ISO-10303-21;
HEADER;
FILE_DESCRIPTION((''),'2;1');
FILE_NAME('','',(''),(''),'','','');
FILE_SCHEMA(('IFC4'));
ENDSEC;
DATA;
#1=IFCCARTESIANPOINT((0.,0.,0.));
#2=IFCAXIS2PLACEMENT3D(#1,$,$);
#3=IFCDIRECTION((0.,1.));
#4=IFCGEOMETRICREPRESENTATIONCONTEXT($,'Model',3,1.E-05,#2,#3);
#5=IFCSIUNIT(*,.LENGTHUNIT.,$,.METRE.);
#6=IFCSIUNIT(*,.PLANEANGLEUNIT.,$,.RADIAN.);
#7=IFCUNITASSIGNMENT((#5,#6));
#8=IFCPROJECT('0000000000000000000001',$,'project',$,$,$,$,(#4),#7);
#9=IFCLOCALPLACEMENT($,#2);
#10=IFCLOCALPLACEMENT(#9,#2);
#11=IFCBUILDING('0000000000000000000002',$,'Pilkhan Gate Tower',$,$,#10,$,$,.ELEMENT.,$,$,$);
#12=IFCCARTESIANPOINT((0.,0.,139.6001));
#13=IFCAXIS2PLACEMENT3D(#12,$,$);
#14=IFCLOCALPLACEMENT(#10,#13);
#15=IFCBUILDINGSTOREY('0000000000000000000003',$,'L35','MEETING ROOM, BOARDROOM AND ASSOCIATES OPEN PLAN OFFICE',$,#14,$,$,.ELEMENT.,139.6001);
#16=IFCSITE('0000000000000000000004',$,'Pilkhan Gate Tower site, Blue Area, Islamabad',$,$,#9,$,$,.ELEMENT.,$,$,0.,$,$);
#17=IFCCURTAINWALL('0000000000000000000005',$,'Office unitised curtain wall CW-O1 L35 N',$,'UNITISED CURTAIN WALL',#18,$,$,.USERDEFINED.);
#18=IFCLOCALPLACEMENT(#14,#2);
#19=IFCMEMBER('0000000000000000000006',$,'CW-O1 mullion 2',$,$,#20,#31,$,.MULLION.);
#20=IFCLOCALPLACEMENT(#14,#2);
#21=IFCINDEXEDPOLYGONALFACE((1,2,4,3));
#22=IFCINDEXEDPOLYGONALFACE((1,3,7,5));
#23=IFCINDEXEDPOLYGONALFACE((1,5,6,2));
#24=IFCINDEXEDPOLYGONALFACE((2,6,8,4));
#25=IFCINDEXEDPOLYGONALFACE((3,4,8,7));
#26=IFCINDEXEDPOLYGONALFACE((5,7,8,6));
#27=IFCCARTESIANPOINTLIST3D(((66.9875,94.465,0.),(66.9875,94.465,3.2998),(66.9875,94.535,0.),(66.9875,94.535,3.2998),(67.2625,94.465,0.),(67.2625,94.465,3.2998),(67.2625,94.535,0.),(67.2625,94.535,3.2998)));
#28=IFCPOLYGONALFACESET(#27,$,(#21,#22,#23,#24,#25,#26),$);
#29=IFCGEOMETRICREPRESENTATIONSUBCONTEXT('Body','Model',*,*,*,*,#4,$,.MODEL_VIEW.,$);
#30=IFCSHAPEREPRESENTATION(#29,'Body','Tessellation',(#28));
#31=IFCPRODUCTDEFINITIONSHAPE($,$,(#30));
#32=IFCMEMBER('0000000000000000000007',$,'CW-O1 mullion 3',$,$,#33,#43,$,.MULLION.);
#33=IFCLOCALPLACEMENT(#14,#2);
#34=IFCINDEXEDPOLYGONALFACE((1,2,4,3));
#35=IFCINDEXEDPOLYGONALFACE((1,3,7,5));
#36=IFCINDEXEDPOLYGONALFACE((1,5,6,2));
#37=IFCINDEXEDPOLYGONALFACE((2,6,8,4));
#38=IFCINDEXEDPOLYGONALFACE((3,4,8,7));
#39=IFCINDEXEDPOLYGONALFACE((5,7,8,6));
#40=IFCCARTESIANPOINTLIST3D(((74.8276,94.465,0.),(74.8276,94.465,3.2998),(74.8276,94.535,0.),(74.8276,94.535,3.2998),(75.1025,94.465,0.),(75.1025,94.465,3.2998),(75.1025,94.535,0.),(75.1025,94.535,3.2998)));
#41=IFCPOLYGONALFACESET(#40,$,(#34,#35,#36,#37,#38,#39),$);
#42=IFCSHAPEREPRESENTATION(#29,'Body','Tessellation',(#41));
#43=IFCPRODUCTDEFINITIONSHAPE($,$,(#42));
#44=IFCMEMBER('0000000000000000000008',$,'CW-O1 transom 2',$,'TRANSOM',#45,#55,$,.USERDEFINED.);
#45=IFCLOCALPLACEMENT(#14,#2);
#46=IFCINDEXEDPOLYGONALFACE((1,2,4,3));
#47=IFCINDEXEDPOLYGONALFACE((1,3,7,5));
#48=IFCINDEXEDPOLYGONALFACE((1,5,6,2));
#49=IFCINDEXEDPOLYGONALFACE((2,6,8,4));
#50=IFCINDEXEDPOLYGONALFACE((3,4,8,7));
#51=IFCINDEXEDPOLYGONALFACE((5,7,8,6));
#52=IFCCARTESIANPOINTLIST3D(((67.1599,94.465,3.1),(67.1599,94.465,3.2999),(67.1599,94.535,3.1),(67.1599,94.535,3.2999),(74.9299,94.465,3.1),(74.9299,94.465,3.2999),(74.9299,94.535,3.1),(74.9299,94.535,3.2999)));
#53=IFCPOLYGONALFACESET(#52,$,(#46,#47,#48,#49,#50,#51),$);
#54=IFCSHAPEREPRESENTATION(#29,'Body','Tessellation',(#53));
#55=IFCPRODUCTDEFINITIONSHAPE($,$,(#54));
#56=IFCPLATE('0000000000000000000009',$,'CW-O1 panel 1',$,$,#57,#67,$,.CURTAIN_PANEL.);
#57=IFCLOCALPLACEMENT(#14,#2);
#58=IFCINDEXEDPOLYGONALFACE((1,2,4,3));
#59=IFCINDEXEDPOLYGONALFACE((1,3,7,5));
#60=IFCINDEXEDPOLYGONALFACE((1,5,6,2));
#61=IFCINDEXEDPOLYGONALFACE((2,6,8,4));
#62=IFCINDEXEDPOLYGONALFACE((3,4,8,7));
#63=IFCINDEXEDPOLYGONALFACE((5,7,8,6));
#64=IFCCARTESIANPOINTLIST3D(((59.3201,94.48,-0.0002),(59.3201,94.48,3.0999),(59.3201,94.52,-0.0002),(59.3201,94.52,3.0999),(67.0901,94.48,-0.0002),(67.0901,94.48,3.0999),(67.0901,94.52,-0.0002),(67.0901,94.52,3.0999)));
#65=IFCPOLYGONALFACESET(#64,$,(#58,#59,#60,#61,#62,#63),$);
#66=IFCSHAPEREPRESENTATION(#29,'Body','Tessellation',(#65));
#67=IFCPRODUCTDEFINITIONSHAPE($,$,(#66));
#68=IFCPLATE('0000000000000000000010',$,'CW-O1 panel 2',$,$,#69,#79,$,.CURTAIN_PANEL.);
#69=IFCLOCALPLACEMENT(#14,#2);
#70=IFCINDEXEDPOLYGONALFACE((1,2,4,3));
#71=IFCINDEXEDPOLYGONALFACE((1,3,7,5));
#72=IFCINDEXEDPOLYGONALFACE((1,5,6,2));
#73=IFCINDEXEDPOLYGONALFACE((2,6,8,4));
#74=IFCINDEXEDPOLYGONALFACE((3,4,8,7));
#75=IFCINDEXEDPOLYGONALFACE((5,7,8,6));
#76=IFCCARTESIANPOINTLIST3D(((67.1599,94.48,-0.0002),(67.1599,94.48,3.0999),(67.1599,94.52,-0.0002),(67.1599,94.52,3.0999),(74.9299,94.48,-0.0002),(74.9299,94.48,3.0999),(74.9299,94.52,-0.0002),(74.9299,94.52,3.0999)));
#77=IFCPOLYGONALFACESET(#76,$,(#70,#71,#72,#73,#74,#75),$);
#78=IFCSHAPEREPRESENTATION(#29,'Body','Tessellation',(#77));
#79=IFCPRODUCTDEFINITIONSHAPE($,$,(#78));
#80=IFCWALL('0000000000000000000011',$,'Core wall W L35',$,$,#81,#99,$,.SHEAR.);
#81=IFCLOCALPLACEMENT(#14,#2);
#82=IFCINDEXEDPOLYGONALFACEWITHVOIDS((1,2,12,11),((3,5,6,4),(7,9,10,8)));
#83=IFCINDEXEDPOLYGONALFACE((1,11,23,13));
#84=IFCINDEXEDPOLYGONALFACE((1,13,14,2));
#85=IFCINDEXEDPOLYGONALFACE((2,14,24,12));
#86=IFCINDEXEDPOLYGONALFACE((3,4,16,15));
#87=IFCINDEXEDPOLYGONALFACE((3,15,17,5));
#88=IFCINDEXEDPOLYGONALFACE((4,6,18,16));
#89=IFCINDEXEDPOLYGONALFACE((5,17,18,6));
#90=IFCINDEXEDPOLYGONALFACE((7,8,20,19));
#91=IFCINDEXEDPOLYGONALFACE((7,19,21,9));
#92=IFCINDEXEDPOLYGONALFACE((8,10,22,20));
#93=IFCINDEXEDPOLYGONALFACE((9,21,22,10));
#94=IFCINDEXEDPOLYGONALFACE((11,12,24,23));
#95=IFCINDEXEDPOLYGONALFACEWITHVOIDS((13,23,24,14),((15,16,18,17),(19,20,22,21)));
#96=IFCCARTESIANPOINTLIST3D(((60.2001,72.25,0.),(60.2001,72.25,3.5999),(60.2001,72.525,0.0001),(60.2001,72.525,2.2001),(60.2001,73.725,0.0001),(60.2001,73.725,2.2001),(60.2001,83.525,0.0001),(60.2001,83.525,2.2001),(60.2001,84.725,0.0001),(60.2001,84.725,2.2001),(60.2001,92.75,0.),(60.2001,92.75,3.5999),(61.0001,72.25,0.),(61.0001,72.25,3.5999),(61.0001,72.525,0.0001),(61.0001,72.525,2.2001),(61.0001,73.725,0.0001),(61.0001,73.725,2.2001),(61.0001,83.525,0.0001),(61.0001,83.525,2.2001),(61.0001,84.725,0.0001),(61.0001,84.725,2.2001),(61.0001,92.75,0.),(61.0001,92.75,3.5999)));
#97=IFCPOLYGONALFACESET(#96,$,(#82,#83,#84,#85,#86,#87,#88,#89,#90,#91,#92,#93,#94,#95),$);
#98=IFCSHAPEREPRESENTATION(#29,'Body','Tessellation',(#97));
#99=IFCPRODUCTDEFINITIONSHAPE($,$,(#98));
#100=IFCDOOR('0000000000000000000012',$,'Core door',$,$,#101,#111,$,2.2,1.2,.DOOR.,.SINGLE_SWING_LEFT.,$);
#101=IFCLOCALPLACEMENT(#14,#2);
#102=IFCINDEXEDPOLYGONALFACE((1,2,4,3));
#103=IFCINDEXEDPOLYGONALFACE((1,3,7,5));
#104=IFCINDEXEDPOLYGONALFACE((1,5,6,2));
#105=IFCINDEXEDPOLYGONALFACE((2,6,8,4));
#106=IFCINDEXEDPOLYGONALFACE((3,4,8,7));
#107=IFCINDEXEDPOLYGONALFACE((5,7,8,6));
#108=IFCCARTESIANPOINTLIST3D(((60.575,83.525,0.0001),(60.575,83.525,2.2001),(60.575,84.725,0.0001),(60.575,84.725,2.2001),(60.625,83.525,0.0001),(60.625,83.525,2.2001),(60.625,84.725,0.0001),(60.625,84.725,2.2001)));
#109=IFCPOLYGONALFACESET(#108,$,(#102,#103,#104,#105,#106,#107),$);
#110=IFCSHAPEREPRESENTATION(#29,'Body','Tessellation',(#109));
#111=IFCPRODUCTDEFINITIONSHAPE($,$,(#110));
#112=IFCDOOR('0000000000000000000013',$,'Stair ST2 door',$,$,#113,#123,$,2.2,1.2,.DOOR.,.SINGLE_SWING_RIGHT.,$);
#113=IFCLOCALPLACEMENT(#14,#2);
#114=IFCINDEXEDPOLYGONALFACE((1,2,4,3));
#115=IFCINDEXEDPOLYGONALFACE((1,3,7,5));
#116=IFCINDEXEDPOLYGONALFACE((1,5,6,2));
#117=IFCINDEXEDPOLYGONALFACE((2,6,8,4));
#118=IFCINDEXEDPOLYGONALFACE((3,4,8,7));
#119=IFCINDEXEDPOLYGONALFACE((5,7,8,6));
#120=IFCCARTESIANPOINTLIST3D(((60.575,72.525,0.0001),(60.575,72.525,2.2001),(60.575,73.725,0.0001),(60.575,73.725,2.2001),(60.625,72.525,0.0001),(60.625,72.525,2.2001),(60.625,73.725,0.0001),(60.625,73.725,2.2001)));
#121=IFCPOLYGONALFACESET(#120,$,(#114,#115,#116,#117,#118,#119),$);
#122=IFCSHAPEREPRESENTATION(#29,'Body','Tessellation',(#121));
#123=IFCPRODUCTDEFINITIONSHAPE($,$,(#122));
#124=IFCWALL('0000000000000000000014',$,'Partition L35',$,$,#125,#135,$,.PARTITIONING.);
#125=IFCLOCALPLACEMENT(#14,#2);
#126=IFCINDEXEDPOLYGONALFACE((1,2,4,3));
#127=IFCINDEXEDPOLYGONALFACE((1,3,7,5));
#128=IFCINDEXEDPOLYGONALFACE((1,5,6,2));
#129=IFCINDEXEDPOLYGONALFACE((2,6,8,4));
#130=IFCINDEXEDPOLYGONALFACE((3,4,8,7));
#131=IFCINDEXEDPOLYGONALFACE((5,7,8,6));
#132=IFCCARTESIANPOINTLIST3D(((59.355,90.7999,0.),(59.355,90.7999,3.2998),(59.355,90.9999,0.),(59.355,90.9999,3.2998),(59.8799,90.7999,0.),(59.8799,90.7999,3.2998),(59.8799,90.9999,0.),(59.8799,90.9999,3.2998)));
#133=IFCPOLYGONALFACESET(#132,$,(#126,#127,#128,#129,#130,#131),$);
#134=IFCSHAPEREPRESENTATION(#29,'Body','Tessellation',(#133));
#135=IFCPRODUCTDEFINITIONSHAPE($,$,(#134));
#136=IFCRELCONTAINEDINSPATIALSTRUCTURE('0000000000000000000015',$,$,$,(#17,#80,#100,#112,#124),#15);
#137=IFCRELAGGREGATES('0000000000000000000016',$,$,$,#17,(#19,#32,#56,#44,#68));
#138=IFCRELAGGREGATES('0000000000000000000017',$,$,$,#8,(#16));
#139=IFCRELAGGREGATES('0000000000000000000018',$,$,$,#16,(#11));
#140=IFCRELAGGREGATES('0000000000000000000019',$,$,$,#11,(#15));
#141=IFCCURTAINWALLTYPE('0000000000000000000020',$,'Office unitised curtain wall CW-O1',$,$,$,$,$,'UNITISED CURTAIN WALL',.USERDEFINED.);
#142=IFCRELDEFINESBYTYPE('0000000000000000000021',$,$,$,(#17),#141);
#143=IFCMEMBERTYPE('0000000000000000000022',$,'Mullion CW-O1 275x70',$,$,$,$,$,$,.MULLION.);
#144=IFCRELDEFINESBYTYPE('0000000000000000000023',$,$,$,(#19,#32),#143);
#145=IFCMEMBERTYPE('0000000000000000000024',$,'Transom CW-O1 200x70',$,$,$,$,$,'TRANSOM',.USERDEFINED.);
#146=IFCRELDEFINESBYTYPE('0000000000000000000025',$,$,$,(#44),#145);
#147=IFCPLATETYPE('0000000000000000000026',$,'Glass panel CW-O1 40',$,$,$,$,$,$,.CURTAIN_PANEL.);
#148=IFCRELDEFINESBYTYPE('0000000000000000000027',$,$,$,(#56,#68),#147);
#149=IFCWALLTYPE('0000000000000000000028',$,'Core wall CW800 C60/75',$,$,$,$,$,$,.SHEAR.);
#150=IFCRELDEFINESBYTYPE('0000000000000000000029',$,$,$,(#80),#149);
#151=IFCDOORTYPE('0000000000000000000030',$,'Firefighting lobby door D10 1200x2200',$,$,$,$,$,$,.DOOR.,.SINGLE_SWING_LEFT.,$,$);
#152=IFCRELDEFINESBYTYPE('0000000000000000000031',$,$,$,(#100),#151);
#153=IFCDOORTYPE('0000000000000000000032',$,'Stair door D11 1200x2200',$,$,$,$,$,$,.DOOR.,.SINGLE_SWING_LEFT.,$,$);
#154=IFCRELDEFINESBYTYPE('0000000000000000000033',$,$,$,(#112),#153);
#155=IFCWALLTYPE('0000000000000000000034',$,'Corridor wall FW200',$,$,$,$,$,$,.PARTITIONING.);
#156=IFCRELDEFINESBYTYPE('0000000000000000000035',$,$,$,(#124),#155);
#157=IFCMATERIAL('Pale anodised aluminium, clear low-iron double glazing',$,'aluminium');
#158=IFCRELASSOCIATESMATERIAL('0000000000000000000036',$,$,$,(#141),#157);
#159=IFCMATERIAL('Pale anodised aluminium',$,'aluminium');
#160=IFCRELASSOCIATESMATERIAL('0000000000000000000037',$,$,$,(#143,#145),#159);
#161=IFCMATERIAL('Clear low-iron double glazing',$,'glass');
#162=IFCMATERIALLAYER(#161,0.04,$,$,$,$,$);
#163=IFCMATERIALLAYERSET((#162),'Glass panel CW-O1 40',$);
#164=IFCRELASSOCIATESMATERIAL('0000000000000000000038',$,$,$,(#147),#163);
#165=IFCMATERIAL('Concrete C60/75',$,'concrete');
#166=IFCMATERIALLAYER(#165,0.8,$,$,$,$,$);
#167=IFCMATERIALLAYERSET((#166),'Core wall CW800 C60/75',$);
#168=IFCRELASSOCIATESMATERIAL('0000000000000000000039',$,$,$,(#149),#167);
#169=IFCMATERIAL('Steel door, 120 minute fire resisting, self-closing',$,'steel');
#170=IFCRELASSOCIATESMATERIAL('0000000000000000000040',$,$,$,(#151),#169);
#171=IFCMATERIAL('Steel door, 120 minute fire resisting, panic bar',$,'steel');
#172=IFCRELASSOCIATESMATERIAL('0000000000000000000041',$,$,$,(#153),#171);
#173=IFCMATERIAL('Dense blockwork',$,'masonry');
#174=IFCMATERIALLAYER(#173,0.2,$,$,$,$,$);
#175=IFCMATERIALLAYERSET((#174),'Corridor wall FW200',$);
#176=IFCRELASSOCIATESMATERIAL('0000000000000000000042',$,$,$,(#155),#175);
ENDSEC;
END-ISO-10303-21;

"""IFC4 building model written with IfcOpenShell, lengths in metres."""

from ifc_helpers import new_model, si_unit, direction, frame, frame_2d, origin, origin_2d, place, context, subcontext, project, spatial, rectangle, extrude, material, layer, layer_set, material_profile, profile_set, type_object, element, fill, aggregate, save


model = new_model("IFC4")

# Units and contexts
model_context = context("Model", 3, precision=1e-05, world=origin(), true_north=direction((0.0, 1.0)))
body_context = subcontext(model_context, "Body", "Model", "MODEL_VIEW")
ifc_project = project(units=[si_unit("LENGTHUNIT", "METRE"), si_unit("PLANEANGLEUNIT", "RADIAN")], contexts=[model_context])

# Site, building, storey
site_placement = place(None, origin())
site = spatial("IfcSite", under=ifc_project, at=site_placement, Name="Pilkhan Gate Tower site, Blue Area, Islamabad", CompositionType="ELEMENT", RefElevation=0.0)
building_placement = place(site_placement, origin())
building = spatial("IfcBuilding", under=site, at=building_placement, Name="Pilkhan Gate Tower", CompositionType="ELEMENT")
storey_placement = place(building_placement, frame((0.0, 0.0, 139.6001)))
storey = spatial("IfcBuildingStorey", under=building, at=storey_placement, Name="L35", Description="MEETING ROOM, BOARDROOM AND ASSOCIATES OPEN PLAN OFFICE", CompositionType="ELEMENT", Elevation=139.6001)

# Curtain wall, members, plates
ifc_material_1 = material(Name="Pale anodised aluminium, clear low-iron double glazing", Category="aluminium")
curtain_wall_type = type_object("IfcCurtainWallType", Name="Office unitised curtain wall CW-O1", ElementType="UNITISED CURTAIN WALL", PredefinedType="USERDEFINED", material=ifc_material_1)
curtain_wall_placement = place(storey_placement, origin())
curtain_wall = element("IfcCurtainWall", 1, at=curtain_wall_placement, inside=storey, type_object=curtain_wall_type, Name="Office unitised curtain wall CW-O1 L35 N", ObjectType="UNITISED CURTAIN WALL", PredefinedType="USERDEFINED")
ifc_material_2 = material(Name="Pale anodised aluminium", Category="aluminium")
ifc_material_profile_1 = material_profile(ifc_material_2, rectangle(XDim=0.0701, YDim=0.2749, at=origin_2d()), Name="Mullion 275x70")
ifc_profile_set_1 = profile_set([ifc_material_profile_1], Name="Pale anodised aluminium")
member_type_1 = type_object("IfcMemberType", Name="Mullion CW-O1 275x70", PredefinedType="MULLION", material=ifc_profile_set_1)
member_1_placement = place(storey_placement, frame((67.125, 94.5, 0.0), z_axis=(0.0, 0.0, 1.0), x_axis=(0.0, 1.0, 0.0)))
member_1 = element("IfcMember", 2, at=member_1_placement, type_object=member_type_1, Name="CW-O1 mullion 2", PredefinedType="MULLION", context=body_context, shape_type="SweptSolid", body=[
    extrude(rectangle(XDim=0.0701, YDim=0.2749, at=origin_2d()), origin(), (0.0, 0.0, 1.0), 3.2998),
])
member_2_placement = place(storey_placement, frame((74.9651, 94.5, 0.0), z_axis=(0.0, 0.0, 1.0), x_axis=(0.0, 1.0, 0.0)))
member_2 = element("IfcMember", 3, at=member_2_placement, type_object=member_type_1, Name="CW-O1 mullion 3", PredefinedType="MULLION", context=body_context, shape_type="SweptSolid", body=[
    extrude(rectangle(XDim=0.0701, YDim=0.2749, at=origin_2d()), origin(), (0.0, 0.0, 1.0), 3.2998),
])
ifc_material_profile_2 = material_profile(ifc_material_2, rectangle(XDim=0.0701, YDim=0.2, at=origin_2d()), Name="Transom 200x70")
ifc_profile_set_2 = profile_set([ifc_material_profile_2], Name="Pale anodised aluminium")
member_type_2 = type_object("IfcMemberType", Name="Transom CW-O1 200x70", ElementType="TRANSOM", PredefinedType="USERDEFINED", material=ifc_profile_set_2)
member_3_placement = place(storey_placement, frame((67.1599, 94.5, 3.2), z_axis=(1.0, 0.0, 0.0), x_axis=(0.0, 1.0, 0.0)))
member_3 = element("IfcMember", 4, at=member_3_placement, type_object=member_type_2, Name="CW-O1 transom 2", ObjectType="TRANSOM", PredefinedType="USERDEFINED", context=body_context, shape_type="SweptSolid", body=[
    extrude(rectangle(XDim=0.0701, YDim=0.2, at=origin_2d()), origin(), (0.0, 0.0, 1.0), 7.77),
])
ifc_material_3 = material(Name="Clear low-iron double glazing", Category="glass")
ifc_layer_1 = layer(ifc_material_3, 0.04)
ifc_layer_set_1 = layer_set([ifc_layer_1], Name="Glass panel CW-O1 40")
plate_type = type_object("IfcPlateType", Name="Glass panel CW-O1 40", PredefinedType="CURTAIN_PANEL", material=ifc_layer_set_1)
plate_1_placement = place(storey_placement, frame((63.2051, 94.5, -0.0002), z_axis=(0.0, 0.0, 1.0), x_axis=(1.0, 0.0, 0.0)))
plate_1 = element("IfcPlate", 5, at=plate_1_placement, type_object=plate_type, Name="CW-O1 panel 1", PredefinedType="CURTAIN_PANEL", context=body_context, shape_type="SweptSolid", body=[
    extrude(rectangle(XDim=7.77, YDim=0.04, at=origin_2d()), origin(), (0.0, 0.0, 1.0), 3.1001),
])
plate_2_placement = place(storey_placement, frame((71.0449, 94.5, -0.0002), z_axis=(0.0, 0.0, 1.0), x_axis=(1.0, 0.0, 0.0)))
plate_2 = element("IfcPlate", 6, at=plate_2_placement, type_object=plate_type, Name="CW-O1 panel 2", PredefinedType="CURTAIN_PANEL", context=body_context, shape_type="SweptSolid", body=[
    extrude(rectangle(XDim=7.77, YDim=0.04, at=origin_2d()), origin(), (0.0, 0.0, 1.0), 3.1001),
])
aggregate(curtain_wall, [member_1, member_2, plate_1, member_3, plate_2])

# Wall, openings, doors
ifc_material_4 = material(Name="Concrete C60/75", Category="concrete")
ifc_layer_2 = layer(ifc_material_4, 0.8)
ifc_layer_set_2 = layer_set([ifc_layer_2], Name="Core wall CW800 C60/75")
wall_type_1 = type_object("IfcWallType", Name="Core wall CW800 C60/75", PredefinedType="SHEAR", material=ifc_layer_set_2)
wall_1_placement = place(storey_placement, frame((60.6001, 92.75, 0.0), z_axis=(0.0, 0.0, 1.0), x_axis=(0.0, -1.0, 0.0)))
wall_1 = element("IfcWall", 7, at=wall_1_placement, inside=storey, type_object=wall_type_1, Name="Core wall W L35", PredefinedType="SHEAR", context=body_context, shape_type="SweptSolid", body=[
    extrude(rectangle(XDim=20.5, YDim=0.8, at=frame_2d((10.25, 0.0))), origin(), (0.0, 0.0, 1.0), 3.5999),
])
opening_1_placement = place(wall_1_placement, frame((19.0249, 0.0, 0.0)))
opening_1 = element("IfcOpeningElement", 8, at=opening_1_placement, cuts=wall_1, PredefinedType="OPENING", context=body_context, shape_type="SweptSolid", body=[
    extrude(rectangle(XDim=1.2, YDim=2.2, at=frame_2d((0.6001, 1.1001))), frame((0.0, 0.4099, 0.0), z_axis=(0.0, -1.0, 0.0), x_axis=(1.0, 0.0, 0.0)), (0.0, 0.0, 1.0), 0.8201),
])
opening_2_placement = place(wall_1_placement, frame((8.0249, 0.0, 0.0)))
opening_2 = element("IfcOpeningElement", 9, at=opening_2_placement, cuts=wall_1, PredefinedType="OPENING", context=body_context, shape_type="SweptSolid", body=[
    extrude(rectangle(XDim=1.2, YDim=2.2, at=frame_2d((0.6001, 1.1001))), frame((0.0, 0.4099, 0.0), z_axis=(0.0, -1.0, 0.0), x_axis=(1.0, 0.0, 0.0)), (0.0, 0.0, 1.0), 0.8201),
])
ifc_material_5 = material(Name="Steel door, 120 minute fire resisting, self-closing", Category="steel")
door_type_1 = type_object("IfcDoorType", Name="Firefighting lobby door D10 1200x2200", OperationType="SINGLE_SWING_LEFT", PredefinedType="DOOR", material=ifc_material_5)
door_1_placement = place(opening_2_placement, origin())
door_1 = element("IfcDoor", 10, at=door_1_placement, inside=storey, type_object=door_type_1, Name="Core door", OperationType="SINGLE_SWING_LEFT", OverallHeight=2.2, OverallWidth=1.2, PredefinedType="DOOR", context=body_context, shape_type="SweptSolid", body=[
    extrude(rectangle(XDim=1.2, YDim=2.2, at=frame_2d((0.6001, 1.1001))), frame((0.0, 0.0249, 0.0), z_axis=(0.0, -1.0, 0.0), x_axis=(1.0, 0.0, 0.0)), (0.0, 0.0, 1.0), 0.05),
])
fill(opening_2, door_1)
ifc_material_6 = material(Name="Steel door, 120 minute fire resisting, panic bar", Category="steel")
door_type_2 = type_object("IfcDoorType", Name="Stair door D11 1200x2200", OperationType="SINGLE_SWING_LEFT", PredefinedType="DOOR", material=ifc_material_6)
door_2_placement = place(opening_1_placement, origin())
door_2 = element("IfcDoor", 11, at=door_2_placement, inside=storey, type_object=door_type_2, Name="Stair ST2 door", OperationType="SINGLE_SWING_RIGHT", OverallHeight=2.2, OverallWidth=1.2, PredefinedType="DOOR", context=body_context, shape_type="SweptSolid", body=[
    extrude(rectangle(XDim=1.2, YDim=2.2, at=frame_2d((0.6001, 1.1001))), frame((0.0, 0.0249, 0.0), z_axis=(0.0, -1.0, 0.0), x_axis=(1.0, 0.0, 0.0)), (0.0, 0.0, 1.0), 0.05),
])
fill(opening_1, door_2)

# Wall
ifc_material_7 = material(Name="Dense blockwork", Category="masonry")
ifc_layer_3 = layer(ifc_material_7, 0.2)
ifc_layer_set_3 = layer_set([ifc_layer_3], Name="Corridor wall FW200")
wall_type_2 = type_object("IfcWallType", Name="Corridor wall FW200", PredefinedType="PARTITIONING", material=ifc_layer_set_3)
wall_2_placement = place(storey_placement, frame((59.355, 90.8999, 0.0), z_axis=(0.0, 0.0, 1.0), x_axis=(1.0, 0.0, 0.0)))
element("IfcWall", 12, at=wall_2_placement, inside=storey, type_object=wall_type_2, Name="Partition L35", PredefinedType="PARTITIONING", context=body_context, shape_type="SweptSolid", body=[
    extrude(rectangle(XDim=0.5249, YDim=0.2, at=frame_2d((0.2625, 0.0))), origin(), (0.0, 0.0, 1.0), 3.2998),
])

save(model, "model.ifc")
